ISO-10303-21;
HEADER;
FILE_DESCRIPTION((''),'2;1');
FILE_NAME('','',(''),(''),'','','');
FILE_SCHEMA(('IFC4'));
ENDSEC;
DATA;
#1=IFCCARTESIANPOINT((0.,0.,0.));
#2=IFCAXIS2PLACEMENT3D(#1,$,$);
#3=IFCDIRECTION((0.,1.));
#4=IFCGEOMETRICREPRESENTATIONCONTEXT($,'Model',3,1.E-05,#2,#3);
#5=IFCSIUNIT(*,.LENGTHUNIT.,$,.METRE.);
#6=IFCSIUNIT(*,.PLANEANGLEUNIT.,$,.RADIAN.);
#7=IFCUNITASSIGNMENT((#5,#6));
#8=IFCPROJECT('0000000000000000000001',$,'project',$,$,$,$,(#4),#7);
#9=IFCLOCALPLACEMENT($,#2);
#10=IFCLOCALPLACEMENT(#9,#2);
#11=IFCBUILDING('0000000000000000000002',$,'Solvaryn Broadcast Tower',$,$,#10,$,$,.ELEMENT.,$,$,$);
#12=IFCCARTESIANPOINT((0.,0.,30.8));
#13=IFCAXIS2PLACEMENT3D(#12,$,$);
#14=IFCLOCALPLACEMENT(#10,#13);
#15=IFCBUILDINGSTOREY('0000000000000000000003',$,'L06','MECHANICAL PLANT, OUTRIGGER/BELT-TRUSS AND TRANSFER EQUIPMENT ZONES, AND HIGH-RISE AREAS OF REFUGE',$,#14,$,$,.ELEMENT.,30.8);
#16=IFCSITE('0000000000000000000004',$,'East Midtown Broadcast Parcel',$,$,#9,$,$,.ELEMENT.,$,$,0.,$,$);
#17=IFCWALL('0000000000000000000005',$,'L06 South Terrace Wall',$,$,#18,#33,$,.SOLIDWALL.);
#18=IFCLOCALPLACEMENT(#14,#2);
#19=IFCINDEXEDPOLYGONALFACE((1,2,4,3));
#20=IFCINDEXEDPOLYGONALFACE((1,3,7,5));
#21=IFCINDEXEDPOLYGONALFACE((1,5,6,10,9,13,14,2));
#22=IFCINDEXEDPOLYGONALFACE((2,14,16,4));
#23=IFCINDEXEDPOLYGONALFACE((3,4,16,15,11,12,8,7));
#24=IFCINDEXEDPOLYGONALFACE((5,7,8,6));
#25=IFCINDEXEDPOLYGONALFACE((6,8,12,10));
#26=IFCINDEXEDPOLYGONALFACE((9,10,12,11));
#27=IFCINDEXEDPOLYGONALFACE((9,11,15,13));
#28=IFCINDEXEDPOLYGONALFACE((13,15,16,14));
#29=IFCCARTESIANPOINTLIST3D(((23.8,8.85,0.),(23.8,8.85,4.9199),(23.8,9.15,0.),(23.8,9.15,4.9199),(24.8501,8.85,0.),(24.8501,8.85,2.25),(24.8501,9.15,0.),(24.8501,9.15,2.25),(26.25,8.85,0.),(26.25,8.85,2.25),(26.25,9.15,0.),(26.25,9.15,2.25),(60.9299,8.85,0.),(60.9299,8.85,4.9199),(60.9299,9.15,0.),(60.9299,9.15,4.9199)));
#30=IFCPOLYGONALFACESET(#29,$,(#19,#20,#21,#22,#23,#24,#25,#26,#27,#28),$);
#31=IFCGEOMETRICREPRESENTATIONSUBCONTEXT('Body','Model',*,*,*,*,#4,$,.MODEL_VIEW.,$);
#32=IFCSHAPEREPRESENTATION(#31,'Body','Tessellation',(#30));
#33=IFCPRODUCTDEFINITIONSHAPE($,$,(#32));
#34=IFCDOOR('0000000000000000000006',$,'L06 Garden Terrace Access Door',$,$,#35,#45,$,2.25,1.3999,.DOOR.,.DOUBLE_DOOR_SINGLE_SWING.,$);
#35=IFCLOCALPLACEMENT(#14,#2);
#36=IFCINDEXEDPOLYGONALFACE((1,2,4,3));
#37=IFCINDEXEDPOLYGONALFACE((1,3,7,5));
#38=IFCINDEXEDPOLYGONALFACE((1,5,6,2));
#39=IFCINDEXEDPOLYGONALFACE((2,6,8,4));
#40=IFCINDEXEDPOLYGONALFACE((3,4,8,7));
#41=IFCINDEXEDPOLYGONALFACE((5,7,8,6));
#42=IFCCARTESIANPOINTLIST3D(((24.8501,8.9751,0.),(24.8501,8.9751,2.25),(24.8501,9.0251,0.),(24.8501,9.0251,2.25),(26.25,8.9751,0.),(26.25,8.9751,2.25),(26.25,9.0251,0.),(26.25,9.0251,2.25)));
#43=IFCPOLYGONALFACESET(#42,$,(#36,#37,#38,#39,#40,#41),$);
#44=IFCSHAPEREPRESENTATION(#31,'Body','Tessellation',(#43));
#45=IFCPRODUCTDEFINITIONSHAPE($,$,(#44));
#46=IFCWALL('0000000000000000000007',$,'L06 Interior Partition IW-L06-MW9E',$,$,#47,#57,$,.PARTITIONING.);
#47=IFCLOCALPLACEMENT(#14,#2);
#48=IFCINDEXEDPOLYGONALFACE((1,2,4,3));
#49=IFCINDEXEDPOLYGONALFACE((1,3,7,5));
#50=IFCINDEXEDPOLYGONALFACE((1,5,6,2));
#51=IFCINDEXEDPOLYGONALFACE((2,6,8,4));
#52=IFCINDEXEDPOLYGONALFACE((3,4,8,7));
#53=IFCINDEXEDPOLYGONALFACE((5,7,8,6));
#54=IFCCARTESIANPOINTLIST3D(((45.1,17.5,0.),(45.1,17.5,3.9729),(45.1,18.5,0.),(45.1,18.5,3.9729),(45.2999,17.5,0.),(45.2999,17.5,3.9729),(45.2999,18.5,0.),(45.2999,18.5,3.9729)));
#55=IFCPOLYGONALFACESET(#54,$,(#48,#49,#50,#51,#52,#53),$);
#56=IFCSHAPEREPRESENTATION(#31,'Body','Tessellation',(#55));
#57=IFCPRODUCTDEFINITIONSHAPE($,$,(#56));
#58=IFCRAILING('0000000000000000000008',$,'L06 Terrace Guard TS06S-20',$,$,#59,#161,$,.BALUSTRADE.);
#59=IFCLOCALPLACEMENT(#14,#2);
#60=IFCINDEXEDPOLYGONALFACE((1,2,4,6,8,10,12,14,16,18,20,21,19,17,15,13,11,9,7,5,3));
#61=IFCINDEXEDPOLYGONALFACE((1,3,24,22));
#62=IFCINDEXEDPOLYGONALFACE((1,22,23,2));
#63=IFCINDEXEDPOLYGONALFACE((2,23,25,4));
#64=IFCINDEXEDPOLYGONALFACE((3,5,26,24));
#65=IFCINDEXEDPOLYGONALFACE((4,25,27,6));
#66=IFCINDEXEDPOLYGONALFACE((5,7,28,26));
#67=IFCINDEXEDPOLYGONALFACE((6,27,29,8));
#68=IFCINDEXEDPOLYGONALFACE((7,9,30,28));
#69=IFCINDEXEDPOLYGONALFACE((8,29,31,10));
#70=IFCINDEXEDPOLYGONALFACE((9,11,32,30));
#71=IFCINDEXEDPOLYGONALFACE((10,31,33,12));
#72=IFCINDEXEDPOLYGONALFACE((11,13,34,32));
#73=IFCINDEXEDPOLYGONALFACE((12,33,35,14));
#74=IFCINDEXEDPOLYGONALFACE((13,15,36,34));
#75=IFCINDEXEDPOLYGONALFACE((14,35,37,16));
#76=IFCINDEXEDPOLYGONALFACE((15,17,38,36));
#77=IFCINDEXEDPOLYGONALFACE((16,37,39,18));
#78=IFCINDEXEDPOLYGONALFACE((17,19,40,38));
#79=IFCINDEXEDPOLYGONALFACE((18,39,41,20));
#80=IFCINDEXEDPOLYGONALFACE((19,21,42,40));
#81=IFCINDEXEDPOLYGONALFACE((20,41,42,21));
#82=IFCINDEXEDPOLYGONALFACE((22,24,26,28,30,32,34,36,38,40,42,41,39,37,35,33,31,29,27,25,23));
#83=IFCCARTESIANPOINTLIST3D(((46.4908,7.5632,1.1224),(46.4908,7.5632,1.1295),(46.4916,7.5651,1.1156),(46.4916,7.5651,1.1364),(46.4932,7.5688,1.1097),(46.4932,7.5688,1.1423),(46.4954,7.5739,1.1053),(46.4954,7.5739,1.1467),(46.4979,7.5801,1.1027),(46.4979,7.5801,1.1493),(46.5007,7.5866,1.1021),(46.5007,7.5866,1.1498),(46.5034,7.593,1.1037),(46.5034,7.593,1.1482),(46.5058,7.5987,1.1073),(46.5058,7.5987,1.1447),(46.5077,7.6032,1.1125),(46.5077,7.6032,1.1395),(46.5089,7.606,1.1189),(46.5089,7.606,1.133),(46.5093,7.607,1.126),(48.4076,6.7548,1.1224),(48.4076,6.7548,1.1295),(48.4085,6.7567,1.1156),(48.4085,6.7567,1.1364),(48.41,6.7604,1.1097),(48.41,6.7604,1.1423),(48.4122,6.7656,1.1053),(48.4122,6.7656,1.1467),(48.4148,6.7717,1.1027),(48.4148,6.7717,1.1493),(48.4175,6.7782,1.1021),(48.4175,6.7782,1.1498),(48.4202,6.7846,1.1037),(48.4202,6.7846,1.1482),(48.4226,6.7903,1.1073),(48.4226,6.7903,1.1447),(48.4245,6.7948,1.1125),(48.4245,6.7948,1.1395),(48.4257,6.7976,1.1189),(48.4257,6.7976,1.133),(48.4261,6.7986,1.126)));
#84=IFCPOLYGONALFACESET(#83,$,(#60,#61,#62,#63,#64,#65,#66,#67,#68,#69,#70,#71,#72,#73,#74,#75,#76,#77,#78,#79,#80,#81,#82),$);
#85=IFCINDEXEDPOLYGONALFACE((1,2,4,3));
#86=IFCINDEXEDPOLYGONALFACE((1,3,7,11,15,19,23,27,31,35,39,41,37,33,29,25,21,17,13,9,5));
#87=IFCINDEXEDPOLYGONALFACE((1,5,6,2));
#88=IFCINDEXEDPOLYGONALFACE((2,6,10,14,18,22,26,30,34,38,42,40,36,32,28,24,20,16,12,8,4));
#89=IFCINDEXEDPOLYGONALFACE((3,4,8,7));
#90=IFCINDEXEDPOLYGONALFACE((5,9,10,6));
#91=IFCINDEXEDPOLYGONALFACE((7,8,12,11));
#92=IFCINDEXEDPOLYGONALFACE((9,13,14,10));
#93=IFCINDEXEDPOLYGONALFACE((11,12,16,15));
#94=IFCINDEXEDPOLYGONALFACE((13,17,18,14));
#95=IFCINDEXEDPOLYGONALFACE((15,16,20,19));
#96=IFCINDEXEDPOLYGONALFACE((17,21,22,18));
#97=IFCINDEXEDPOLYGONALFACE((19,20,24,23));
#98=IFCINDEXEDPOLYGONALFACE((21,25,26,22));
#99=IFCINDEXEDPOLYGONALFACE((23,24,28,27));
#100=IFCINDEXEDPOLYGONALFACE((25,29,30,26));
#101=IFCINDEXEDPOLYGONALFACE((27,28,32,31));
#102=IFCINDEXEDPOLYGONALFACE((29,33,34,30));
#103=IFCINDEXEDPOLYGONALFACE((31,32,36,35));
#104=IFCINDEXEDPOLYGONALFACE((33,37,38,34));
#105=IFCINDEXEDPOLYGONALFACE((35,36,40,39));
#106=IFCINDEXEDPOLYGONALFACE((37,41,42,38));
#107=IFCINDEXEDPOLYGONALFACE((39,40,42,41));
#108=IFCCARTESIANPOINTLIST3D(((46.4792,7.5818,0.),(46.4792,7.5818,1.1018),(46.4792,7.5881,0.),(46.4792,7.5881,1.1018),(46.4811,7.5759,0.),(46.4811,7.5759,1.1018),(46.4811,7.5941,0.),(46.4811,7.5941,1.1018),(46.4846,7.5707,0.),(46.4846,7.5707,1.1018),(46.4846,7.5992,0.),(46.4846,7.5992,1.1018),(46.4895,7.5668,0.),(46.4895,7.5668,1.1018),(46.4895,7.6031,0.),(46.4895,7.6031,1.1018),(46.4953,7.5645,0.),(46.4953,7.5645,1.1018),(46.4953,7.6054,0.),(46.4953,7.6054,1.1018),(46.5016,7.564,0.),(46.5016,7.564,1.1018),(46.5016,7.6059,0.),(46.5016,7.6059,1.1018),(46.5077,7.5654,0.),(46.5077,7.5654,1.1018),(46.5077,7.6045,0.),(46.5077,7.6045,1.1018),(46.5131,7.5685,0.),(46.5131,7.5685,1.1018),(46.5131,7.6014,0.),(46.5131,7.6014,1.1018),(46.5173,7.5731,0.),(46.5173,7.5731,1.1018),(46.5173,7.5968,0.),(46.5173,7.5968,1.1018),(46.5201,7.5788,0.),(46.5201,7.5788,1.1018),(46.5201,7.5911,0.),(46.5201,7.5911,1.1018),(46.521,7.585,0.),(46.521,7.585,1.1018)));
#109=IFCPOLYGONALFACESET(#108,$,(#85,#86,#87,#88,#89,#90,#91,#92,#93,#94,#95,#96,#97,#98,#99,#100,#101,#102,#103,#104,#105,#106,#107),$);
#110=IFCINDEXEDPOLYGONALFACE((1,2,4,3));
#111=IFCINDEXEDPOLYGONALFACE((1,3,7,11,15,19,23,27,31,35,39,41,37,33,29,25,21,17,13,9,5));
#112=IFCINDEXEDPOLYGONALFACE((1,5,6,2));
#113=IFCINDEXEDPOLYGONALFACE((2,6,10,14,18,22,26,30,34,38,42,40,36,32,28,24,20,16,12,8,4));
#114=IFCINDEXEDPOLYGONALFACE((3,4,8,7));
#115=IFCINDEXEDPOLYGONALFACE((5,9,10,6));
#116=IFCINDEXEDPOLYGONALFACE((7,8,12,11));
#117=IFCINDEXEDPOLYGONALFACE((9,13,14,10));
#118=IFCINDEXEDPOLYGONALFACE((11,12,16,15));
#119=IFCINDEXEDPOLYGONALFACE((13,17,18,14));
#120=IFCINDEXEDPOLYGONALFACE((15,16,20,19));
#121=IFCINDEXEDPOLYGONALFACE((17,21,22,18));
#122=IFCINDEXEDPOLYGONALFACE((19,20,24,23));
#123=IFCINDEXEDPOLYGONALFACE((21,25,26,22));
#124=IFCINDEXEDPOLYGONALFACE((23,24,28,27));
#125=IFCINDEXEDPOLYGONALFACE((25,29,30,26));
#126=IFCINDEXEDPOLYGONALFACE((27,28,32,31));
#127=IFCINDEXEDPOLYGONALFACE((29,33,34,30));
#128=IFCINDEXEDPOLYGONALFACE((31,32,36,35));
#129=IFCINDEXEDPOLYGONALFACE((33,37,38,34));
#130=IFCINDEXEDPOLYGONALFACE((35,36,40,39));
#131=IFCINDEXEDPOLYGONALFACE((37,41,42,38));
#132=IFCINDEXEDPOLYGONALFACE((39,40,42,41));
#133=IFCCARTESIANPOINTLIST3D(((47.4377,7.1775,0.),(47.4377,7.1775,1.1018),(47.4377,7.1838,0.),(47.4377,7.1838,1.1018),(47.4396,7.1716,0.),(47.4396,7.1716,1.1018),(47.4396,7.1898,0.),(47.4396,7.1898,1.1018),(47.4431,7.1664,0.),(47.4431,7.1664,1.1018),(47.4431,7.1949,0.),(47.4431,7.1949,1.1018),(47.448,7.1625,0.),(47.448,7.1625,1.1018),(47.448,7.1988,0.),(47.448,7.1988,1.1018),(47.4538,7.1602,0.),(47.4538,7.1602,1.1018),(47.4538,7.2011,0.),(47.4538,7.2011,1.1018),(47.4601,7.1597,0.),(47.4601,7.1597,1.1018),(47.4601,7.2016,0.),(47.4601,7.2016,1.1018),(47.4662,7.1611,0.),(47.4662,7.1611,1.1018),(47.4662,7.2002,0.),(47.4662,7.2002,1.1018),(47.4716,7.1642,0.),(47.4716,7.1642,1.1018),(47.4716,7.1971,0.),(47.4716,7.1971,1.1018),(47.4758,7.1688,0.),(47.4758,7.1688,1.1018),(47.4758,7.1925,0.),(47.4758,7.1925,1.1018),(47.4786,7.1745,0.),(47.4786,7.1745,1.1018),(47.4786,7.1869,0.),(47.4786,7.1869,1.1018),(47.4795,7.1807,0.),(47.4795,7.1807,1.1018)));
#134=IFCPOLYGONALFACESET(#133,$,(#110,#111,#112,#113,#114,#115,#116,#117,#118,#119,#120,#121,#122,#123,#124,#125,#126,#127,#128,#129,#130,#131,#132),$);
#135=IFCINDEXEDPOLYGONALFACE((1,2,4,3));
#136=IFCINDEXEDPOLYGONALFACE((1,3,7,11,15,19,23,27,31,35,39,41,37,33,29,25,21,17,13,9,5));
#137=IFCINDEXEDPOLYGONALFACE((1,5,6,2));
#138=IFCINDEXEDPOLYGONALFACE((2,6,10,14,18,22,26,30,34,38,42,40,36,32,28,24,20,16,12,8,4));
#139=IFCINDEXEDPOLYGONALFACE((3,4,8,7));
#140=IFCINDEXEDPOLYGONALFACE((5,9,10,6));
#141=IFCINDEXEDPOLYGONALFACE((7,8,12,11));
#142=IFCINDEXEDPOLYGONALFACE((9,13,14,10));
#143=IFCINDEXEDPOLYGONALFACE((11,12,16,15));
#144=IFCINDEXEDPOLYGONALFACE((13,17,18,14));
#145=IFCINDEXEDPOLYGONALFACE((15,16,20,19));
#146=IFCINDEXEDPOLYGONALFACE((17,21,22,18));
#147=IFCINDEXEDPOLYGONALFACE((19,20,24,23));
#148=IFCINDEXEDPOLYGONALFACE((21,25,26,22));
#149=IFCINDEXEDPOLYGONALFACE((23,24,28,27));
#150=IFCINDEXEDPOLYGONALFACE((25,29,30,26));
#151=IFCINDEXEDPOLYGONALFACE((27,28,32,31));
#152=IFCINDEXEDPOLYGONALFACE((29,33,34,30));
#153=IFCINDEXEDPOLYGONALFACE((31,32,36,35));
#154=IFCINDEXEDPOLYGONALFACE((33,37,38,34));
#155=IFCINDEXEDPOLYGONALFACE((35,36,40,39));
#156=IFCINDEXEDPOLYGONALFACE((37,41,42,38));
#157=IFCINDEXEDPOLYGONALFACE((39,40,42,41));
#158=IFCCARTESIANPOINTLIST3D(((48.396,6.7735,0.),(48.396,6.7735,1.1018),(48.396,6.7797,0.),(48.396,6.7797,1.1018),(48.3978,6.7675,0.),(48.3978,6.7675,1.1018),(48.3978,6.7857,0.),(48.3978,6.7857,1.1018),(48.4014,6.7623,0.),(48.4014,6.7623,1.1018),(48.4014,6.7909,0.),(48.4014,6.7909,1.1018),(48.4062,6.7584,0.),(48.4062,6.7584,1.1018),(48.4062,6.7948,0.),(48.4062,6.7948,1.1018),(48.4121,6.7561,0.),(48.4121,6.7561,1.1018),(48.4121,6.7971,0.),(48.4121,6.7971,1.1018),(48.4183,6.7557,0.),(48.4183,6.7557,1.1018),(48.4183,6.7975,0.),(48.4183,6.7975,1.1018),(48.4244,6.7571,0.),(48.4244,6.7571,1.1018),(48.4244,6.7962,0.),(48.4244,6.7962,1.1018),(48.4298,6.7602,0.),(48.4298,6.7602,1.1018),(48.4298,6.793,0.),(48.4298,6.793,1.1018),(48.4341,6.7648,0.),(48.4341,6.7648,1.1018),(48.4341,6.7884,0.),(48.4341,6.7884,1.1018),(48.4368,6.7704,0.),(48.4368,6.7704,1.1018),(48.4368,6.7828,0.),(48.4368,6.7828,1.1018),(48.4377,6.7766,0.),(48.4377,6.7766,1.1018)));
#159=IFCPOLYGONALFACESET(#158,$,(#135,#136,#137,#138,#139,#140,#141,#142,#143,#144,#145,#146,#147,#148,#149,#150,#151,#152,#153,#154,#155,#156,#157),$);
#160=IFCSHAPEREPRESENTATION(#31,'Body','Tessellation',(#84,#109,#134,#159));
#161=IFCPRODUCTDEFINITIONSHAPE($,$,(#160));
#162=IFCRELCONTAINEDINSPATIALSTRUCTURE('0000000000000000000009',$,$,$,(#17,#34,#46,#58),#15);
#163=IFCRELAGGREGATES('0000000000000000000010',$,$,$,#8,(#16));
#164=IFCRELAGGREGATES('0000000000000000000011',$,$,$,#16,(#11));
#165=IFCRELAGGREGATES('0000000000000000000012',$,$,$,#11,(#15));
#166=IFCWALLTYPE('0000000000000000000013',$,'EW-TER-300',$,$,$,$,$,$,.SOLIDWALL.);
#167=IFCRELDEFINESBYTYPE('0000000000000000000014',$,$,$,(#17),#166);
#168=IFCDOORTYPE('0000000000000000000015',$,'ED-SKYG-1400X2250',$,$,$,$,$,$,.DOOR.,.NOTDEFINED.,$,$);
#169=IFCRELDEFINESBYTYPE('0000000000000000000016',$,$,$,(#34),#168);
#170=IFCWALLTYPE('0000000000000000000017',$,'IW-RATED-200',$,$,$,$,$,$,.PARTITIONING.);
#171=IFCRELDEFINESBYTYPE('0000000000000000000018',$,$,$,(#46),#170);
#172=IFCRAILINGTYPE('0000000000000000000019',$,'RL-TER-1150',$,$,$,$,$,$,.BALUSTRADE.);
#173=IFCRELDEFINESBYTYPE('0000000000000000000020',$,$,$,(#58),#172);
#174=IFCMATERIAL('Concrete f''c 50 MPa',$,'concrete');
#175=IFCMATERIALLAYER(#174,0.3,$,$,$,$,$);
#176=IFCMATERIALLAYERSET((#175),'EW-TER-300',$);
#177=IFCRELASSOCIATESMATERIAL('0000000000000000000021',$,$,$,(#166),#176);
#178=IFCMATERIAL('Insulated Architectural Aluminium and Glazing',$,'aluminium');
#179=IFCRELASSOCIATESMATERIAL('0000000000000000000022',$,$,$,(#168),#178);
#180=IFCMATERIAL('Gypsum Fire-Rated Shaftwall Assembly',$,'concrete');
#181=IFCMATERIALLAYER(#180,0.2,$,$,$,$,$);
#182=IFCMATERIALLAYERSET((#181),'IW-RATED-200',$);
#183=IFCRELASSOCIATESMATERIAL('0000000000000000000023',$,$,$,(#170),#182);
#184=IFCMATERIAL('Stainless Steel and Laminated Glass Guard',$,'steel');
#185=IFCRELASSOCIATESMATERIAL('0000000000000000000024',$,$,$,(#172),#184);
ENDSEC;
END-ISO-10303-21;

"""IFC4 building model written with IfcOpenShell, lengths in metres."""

from ifc_helpers import new_model, si_unit, direction, frame, frame_2d, origin, origin_2d, place, context, subcontext, project, spatial, rectangle, circle, extrude, material, layer, layer_set, type_object, element, fill, save


model = new_model("IFC4")

# Units and contexts
model_context = context("Model", 3, precision=1e-05, world=origin(), true_north=direction((0.0, 1.0)))
body_context = subcontext(model_context, "Body", "Model", "MODEL_VIEW")
ifc_project = project(units=[si_unit("LENGTHUNIT", "METRE"), si_unit("PLANEANGLEUNIT", "RADIAN")], contexts=[model_context])

# Site, building, storey
site_placement = place(None, origin())
site = spatial("IfcSite", under=ifc_project, at=site_placement, Name="East Midtown Broadcast Parcel", CompositionType="ELEMENT", RefElevation=0.0)
building_placement = place(site_placement, origin())
building = spatial("IfcBuilding", under=site, at=building_placement, Name="Solvaryn Broadcast Tower", CompositionType="ELEMENT")
storey_placement = place(building_placement, frame((0.0, 0.0, 30.8)))
storey = spatial("IfcBuildingStorey", under=building, at=storey_placement, Name="L06", Description="MECHANICAL PLANT, OUTRIGGER/BELT-TRUSS AND TRANSFER EQUIPMENT ZONES, AND HIGH-RISE AREAS OF REFUGE", CompositionType="ELEMENT", Elevation=30.8)

# Wall, opening, door
ifc_material_1 = material(Name="Concrete f'c 50 MPa", Category="concrete")
ifc_layer_1 = layer(ifc_material_1, 0.3)
ifc_layer_set_1 = layer_set([ifc_layer_1], Name="EW-TER-300")
wall_type_1 = type_object("IfcWallType", Name="EW-TER-300", PredefinedType="SOLIDWALL", material=ifc_layer_set_1)
wall_1_placement = place(storey_placement, frame((60.9299, 9.0, 0.0), z_axis=(0.0, 0.0, 1.0), x_axis=(-1.0, 0.0, 0.0)))
wall_1 = element("IfcWall", 1, at=wall_1_placement, inside=storey, type_object=wall_type_1, Name="L06 South Terrace Wall", PredefinedType="SOLIDWALL", context=body_context, shape_type="SweptSolid", body=[
    extrude(rectangle(XDim=37.1299, YDim=0.3, at=frame_2d((18.5649, 0.0))), origin(), (0.0, 0.0, 1.0), 4.9199),
])
opening_placement = place(wall_1_placement, frame((34.6799, 0.0, 0.0)))
opening = element("IfcOpeningElement", 2, at=opening_placement, cuts=wall_1, PredefinedType="OPENING", context=body_context, shape_type="SweptSolid", body=[
    extrude(rectangle(XDim=1.3999, YDim=2.25, at=frame_2d((0.7, 1.125))), frame((0.0, 0.1599, 0.0), z_axis=(0.0, -1.0, 0.0), x_axis=(1.0, 0.0, 0.0)), (0.0, 0.0, 1.0), 0.3201),
])
ifc_material_2 = material(Name="Insulated Architectural Aluminium and Glazing", Category="aluminium")
door_type = type_object("IfcDoorType", Name="ED-SKYG-1400X2250", OperationType="NOTDEFINED", PredefinedType="DOOR", material=ifc_material_2)
door_placement = place(opening_placement, origin())
door = element("IfcDoor", 3, at=door_placement, inside=storey, type_object=door_type, Name="L06 Garden Terrace Access Door", OperationType="DOUBLE_DOOR_SINGLE_SWING", OverallHeight=2.25, OverallWidth=1.3999, PredefinedType="DOOR", context=body_context, shape_type="SweptSolid", body=[
    extrude(rectangle(XDim=1.3999, YDim=2.25, at=frame_2d((0.7, 1.125))), frame((0.0, 0.0249, 0.0), z_axis=(0.0, -1.0, 0.0), x_axis=(1.0, 0.0, 0.0)), (0.0, 0.0, 1.0), 0.05),
])
fill(opening, door)

# Wall
ifc_material_3 = material(Name="Gypsum Fire-Rated Shaftwall Assembly", Category="concrete")
ifc_layer_2 = layer(ifc_material_3, 0.2)
ifc_layer_set_2 = layer_set([ifc_layer_2], Name="IW-RATED-200")
wall_type_2 = type_object("IfcWallType", Name="IW-RATED-200", PredefinedType="PARTITIONING", material=ifc_layer_set_2)
wall_2_placement = place(storey_placement, frame((45.2, 17.5, 0.0), z_axis=(0.0, 0.0, 1.0), x_axis=(0.0, 1.0, 0.0)))
element("IfcWall", 4, at=wall_2_placement, inside=storey, type_object=wall_type_2, Name="L06 Interior Partition IW-L06-MW9E", PredefinedType="PARTITIONING", context=body_context, shape_type="SweptSolid", body=[
    extrude(rectangle(XDim=1.0, YDim=0.2, at=frame_2d((0.5, 0.0))), origin(), (0.0, 0.0, 1.0), 3.9729),
])

# Railing
ifc_material_4 = material(Name="Stainless Steel and Laminated Glass Guard", Category="steel")
railing_type = type_object("IfcRailingType", Name="RL-TER-1150", PredefinedType="BALUSTRADE", material=ifc_material_4)
railing_1_placement = place(storey_placement, frame((46.5, 7.585, 0.0)))
element("IfcRailing", 5, at=railing_1_placement, inside=storey, type_object=railing_type, Name="L06 Terrace Guard TS06S-20", PredefinedType="BALUSTRADE", context=body_context, shape_type="SweptSolid", body=[
    extrude(circle(Radius=0.0239, at=origin_2d()), frame((0.0, 0.0, 1.126), z_axis=(0.921412, -0.388587, 0.0), x_axis=(0.388587, 0.921412, 0.0)), (0.0, 0.0, 1.0), 2.0803),
    extrude(circle(Radius=0.021, at=origin_2d()), origin(), (0.0, 0.0, 1.0), 1.1018),
    extrude(circle(Radius=0.021, at=origin_2d()), frame((0.9585, -0.4043, 0.0)), (0.0, 0.0, 1.0), 1.1018),
    extrude(circle(Radius=0.021, at=origin_2d()), frame((1.9167, -0.8083, 0.0)), (0.0, 0.0, 1.0), 1.1018),
])

save(model, "model.ifc")
